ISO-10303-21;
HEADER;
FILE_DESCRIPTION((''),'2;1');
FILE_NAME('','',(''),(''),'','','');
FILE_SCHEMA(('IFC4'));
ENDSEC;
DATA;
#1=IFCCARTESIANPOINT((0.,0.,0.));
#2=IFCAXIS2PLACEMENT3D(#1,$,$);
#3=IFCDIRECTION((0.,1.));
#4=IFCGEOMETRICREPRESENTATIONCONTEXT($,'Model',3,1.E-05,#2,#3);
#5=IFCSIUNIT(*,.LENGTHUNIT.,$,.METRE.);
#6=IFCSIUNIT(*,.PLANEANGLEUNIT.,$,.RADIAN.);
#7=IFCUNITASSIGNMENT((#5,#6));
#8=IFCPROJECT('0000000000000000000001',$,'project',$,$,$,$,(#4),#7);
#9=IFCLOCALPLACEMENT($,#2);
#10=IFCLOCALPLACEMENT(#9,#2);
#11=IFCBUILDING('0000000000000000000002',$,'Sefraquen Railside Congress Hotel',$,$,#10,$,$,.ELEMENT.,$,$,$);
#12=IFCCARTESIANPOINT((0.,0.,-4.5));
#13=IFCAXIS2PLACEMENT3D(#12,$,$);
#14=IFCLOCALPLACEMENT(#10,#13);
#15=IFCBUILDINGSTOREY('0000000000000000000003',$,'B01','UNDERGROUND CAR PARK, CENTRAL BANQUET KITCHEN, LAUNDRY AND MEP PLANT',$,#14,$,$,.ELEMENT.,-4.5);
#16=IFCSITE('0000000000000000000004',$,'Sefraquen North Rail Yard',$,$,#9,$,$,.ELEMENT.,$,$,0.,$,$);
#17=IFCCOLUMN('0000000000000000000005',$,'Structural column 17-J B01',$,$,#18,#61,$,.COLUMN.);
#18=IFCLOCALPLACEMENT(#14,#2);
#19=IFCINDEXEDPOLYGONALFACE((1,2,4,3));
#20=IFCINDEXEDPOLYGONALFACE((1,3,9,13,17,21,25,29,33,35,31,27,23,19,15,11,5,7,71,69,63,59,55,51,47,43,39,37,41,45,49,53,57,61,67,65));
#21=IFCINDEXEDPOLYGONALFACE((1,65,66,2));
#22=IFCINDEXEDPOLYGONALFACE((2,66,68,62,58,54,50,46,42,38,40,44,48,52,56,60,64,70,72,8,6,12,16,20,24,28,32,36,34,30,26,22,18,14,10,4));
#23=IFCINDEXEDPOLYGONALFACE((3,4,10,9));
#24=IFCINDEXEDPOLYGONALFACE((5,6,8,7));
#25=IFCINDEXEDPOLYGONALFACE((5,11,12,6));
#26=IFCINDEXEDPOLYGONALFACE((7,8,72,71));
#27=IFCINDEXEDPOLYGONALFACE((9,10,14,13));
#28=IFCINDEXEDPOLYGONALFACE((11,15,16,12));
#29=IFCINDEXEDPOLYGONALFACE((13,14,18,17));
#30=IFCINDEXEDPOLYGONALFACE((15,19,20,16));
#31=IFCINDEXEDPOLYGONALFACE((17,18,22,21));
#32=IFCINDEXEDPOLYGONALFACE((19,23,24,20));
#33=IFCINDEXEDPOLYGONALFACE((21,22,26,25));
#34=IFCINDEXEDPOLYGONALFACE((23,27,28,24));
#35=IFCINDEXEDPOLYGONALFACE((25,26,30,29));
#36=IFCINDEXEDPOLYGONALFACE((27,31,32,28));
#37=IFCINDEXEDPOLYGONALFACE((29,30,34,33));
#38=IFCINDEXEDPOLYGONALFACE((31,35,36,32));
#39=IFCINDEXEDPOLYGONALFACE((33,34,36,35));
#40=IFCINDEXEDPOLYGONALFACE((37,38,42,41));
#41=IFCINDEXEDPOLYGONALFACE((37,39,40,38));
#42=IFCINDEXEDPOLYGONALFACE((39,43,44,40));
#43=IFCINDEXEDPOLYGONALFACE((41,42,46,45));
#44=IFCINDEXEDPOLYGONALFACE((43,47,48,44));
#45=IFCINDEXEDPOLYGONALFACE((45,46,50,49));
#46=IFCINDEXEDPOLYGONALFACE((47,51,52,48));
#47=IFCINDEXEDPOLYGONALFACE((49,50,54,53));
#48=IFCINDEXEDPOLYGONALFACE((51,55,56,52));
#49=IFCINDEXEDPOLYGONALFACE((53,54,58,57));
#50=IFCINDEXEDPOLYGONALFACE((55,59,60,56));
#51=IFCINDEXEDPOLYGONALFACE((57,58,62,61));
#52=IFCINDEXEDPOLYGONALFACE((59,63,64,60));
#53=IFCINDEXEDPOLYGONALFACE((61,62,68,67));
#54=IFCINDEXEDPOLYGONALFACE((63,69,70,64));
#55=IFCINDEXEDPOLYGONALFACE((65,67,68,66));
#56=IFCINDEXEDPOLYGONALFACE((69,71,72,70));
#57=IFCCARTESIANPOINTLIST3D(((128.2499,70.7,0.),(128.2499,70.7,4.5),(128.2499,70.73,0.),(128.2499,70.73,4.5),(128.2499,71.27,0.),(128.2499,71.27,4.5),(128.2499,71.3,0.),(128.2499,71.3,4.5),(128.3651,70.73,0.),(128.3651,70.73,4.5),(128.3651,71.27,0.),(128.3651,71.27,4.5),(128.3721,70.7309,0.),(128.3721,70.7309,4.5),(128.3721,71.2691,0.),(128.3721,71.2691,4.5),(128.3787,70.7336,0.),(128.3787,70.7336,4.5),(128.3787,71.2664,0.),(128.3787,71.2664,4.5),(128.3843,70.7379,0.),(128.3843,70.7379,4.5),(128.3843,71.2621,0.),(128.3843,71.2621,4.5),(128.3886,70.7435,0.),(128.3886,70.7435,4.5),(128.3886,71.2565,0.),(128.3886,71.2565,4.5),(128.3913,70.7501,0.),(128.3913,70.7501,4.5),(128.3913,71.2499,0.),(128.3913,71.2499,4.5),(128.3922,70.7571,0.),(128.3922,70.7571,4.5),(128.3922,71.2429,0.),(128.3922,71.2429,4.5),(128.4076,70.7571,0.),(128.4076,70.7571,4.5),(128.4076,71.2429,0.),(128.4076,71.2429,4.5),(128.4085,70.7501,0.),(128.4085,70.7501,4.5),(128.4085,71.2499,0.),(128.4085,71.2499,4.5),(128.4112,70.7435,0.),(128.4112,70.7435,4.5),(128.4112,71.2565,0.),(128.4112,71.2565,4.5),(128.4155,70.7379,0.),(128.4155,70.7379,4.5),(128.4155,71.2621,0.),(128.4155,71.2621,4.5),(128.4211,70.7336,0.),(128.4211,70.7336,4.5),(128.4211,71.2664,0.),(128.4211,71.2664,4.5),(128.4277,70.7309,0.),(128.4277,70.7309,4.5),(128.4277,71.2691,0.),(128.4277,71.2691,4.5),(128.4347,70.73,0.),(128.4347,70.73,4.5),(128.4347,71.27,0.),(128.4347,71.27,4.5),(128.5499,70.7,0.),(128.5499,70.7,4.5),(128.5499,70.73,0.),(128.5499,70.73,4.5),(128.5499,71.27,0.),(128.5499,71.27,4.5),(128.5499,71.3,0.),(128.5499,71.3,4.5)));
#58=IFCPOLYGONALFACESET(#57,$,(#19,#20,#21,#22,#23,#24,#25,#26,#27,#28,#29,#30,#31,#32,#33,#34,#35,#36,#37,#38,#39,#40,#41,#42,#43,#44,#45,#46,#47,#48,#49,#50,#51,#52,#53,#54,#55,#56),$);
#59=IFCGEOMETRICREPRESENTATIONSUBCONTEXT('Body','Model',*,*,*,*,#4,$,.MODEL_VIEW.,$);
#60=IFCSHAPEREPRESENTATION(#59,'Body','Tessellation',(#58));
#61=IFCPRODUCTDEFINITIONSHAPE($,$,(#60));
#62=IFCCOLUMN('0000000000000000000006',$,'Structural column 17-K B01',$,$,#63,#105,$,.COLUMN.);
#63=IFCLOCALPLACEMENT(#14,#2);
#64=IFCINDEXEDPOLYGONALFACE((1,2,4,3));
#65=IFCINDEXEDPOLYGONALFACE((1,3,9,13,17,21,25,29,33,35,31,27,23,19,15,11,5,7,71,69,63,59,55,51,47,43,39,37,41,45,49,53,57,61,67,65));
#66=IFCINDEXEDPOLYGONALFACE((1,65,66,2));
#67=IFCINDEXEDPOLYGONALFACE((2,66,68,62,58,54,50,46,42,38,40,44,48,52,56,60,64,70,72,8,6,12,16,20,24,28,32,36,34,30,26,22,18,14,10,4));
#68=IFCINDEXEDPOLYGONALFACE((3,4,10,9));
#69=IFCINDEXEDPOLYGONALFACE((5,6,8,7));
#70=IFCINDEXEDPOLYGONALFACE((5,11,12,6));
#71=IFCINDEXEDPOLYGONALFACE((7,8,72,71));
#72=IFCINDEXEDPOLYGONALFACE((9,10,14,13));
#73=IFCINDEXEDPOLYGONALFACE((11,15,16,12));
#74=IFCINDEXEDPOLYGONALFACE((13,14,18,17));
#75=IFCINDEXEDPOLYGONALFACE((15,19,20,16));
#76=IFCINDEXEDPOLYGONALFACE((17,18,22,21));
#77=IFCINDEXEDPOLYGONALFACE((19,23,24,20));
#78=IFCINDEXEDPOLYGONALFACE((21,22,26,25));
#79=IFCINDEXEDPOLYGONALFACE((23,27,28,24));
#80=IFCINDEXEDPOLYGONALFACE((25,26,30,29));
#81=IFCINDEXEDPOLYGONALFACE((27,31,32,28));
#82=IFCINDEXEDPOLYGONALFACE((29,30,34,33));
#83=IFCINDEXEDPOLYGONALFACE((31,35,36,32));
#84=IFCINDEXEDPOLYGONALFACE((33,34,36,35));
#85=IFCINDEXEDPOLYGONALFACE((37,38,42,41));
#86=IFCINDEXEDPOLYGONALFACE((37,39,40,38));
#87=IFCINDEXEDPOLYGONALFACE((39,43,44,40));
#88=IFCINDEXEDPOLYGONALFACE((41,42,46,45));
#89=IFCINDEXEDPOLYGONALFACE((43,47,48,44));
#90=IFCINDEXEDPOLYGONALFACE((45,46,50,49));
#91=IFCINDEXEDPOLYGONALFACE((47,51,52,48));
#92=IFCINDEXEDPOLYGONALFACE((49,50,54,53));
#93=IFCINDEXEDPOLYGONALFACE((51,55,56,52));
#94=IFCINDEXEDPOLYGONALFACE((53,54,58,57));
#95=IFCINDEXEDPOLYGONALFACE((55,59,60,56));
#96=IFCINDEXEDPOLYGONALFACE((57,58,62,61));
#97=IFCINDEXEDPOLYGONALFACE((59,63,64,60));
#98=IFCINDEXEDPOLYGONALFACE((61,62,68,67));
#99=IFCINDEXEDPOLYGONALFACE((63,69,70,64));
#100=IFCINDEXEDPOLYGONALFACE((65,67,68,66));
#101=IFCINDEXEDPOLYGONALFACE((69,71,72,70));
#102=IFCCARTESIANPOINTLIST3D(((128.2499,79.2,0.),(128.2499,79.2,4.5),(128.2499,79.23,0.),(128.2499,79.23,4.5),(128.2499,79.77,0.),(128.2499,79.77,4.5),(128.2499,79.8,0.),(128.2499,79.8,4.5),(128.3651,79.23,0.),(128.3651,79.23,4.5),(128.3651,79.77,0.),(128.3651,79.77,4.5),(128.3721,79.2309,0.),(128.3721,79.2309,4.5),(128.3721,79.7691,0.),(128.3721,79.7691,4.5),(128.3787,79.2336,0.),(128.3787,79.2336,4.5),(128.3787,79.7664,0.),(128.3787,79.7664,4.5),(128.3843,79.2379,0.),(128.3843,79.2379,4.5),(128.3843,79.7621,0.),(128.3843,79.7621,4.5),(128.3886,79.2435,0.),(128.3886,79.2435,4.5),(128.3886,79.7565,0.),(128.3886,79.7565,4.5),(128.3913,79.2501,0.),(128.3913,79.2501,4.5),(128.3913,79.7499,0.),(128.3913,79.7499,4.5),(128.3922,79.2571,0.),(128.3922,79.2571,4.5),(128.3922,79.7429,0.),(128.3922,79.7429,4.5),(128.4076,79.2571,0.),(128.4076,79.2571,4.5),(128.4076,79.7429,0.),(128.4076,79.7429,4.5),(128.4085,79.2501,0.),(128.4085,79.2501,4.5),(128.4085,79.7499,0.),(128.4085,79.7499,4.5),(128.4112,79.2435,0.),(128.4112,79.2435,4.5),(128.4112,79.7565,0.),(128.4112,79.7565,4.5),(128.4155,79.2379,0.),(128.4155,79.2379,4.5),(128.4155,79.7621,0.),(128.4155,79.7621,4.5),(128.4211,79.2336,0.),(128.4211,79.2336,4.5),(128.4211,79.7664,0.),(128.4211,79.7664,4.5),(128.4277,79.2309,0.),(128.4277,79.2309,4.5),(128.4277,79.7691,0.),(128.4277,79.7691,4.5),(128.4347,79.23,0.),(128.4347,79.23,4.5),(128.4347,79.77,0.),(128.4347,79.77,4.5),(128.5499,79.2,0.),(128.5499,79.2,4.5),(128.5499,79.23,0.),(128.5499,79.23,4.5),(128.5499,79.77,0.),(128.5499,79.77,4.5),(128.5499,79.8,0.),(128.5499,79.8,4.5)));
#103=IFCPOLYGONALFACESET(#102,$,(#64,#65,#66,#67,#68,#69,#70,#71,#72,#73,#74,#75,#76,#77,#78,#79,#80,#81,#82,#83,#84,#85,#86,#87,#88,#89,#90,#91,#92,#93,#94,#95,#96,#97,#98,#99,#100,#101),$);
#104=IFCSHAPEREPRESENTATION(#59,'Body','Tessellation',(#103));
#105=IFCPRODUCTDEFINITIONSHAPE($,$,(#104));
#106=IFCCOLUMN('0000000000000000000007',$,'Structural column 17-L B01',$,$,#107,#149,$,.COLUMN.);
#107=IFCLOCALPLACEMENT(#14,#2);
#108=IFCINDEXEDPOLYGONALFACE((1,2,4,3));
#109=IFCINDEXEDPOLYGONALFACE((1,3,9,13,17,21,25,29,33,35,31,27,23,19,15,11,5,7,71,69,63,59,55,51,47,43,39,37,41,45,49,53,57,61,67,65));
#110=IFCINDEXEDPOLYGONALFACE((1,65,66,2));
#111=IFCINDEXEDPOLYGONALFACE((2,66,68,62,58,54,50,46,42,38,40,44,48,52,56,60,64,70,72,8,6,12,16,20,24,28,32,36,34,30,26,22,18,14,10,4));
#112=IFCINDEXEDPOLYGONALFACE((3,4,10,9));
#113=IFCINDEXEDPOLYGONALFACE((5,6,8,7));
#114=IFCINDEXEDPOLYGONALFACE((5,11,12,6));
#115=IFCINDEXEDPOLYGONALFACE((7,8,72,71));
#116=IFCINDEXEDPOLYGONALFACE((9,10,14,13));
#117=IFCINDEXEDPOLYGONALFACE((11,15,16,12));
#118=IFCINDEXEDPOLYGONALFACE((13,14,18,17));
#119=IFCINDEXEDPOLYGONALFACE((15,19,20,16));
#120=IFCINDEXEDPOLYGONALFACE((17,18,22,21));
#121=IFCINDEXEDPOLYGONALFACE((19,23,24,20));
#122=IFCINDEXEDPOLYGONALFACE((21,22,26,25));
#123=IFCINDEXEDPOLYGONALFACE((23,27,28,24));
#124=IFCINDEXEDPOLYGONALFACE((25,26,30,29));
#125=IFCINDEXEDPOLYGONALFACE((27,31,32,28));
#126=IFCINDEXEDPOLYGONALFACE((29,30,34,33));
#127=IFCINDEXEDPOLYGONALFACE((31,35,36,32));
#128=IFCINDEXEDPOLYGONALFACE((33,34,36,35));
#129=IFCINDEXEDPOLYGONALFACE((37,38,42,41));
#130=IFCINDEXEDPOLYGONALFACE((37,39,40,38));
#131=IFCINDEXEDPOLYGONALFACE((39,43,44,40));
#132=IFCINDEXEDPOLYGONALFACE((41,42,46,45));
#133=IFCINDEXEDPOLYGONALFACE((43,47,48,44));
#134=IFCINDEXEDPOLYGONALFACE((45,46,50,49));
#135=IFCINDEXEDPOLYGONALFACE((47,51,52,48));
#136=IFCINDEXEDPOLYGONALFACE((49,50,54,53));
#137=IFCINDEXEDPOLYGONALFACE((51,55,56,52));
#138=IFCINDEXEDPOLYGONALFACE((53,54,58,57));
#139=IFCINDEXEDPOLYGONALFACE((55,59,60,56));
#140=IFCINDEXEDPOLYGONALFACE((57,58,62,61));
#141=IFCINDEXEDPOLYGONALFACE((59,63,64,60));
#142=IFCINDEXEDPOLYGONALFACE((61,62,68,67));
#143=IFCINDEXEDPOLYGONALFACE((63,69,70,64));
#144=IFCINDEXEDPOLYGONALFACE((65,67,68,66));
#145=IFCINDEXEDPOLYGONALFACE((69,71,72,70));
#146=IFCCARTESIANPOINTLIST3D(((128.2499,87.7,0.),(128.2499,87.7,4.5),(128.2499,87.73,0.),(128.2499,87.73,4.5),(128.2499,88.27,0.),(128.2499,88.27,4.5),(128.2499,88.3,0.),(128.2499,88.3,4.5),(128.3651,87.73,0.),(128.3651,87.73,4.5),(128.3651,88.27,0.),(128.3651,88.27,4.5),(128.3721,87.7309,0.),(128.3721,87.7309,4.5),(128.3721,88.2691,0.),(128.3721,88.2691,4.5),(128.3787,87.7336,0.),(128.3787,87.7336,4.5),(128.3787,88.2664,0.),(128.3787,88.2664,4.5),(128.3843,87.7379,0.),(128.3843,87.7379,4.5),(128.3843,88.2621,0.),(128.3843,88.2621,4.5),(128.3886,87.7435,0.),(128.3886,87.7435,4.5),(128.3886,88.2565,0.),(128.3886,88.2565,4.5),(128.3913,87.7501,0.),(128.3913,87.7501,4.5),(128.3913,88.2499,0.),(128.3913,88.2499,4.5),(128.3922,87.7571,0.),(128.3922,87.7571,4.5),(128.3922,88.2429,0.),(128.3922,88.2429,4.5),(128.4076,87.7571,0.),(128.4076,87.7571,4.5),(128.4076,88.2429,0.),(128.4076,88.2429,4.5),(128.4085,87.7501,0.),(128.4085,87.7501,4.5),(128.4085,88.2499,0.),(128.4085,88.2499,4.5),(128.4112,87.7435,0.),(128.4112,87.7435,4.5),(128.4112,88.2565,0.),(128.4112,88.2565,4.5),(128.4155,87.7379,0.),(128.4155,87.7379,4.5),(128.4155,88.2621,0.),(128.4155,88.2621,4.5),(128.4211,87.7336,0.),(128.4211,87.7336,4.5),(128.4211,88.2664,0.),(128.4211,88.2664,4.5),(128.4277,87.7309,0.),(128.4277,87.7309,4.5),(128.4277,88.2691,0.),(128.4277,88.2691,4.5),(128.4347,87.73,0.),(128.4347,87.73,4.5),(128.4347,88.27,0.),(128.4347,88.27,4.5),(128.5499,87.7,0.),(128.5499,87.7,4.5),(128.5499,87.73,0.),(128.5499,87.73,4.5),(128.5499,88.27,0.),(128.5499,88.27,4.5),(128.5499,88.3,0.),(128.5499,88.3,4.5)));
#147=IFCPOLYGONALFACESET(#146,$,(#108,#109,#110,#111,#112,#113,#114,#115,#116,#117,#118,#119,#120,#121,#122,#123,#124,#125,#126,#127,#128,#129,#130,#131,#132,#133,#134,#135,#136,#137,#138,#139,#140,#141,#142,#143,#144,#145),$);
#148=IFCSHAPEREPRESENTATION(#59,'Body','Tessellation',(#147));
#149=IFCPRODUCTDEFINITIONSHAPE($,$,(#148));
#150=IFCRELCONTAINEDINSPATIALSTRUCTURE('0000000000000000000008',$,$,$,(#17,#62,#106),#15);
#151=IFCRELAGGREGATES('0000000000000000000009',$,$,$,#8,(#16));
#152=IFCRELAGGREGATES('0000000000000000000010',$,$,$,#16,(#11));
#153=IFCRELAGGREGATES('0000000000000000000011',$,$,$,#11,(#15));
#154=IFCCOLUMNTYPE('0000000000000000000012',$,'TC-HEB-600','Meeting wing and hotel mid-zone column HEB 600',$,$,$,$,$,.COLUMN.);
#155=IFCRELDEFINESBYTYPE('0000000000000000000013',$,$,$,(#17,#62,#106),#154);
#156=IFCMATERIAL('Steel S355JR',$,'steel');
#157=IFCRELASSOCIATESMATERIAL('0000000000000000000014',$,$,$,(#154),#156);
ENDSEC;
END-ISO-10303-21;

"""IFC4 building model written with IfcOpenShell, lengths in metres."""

from ifc_helpers import new_model, si_unit, direction, frame, origin, origin_2d, place, context, subcontext, project, spatial, i_section, extrude, material, material_profile, profile_set, type_object, element, save


model = new_model("IFC4")

# Units and contexts
model_context = context("Model", 3, precision=1e-05, world=origin(), true_north=direction((0.0, 1.0)))
body_context = subcontext(model_context, "Body", "Model", "MODEL_VIEW")
ifc_project = project(units=[si_unit("LENGTHUNIT", "METRE"), si_unit("PLANEANGLEUNIT", "RADIAN")], contexts=[model_context])

# Site, building, storey
site_placement = place(None, origin())
site = spatial("IfcSite", under=ifc_project, at=site_placement, Name="Sefraquen North Rail Yard", CompositionType="ELEMENT", RefElevation=0.0)
building_placement = place(site_placement, origin())
building = spatial("IfcBuilding", under=site, at=building_placement, Name="Sefraquen Railside Congress Hotel", CompositionType="ELEMENT")
storey_placement = place(building_placement, frame((0.0, 0.0, -4.5)))
storey = spatial("IfcBuildingStorey", under=building, at=storey_placement, Name="B01", Description="UNDERGROUND CAR PARK, CENTRAL BANQUET KITCHEN, LAUNDRY AND MEP PLANT", CompositionType="ELEMENT", Elevation=-4.5)

# Columns
ifc_material_1 = material(Name="Steel S355JR", Category="steel")
ifc_material_profile_1 = material_profile(ifc_material_1, i_section(OverallWidth=0.3, OverallDepth=0.6001, WebThickness=0.0154, FlangeThickness=0.03, FilletRadius=0.0271, at=origin_2d()), Name="HEB 600")
ifc_profile_set_1 = profile_set([ifc_material_profile_1], Name="Steel S355JR")
column_type_1 = type_object("IfcColumnType", Name="TC-HEB-600", Description="Meeting wing and hotel mid-zone column HEB 600", PredefinedType="COLUMN", material=ifc_profile_set_1)
for number, where, z_axis, x_axis, name in (
    (1, (128.3999, 71.0, 0.0), (0.0, 0.0, 1.0), (1.0, 0.0, 0.0), "Structural column 17-J B01"),
    (2, (128.3999, 79.5, 0.0), (0.0, 0.0, 1.0), (1.0, 0.0, 0.0), "Structural column 17-K B01"),
    (3, (128.3999, 88.0, 0.0), (0.0, 0.0, 1.0), (1.0, 0.0, 0.0), "Structural column 17-L B01"),
):
    element("IfcColumn", number, at=place(storey_placement, frame(where, z_axis=z_axis, x_axis=x_axis)), inside=storey, type_object=column_type_1, Name=name, PredefinedType="COLUMN", context=body_context, shape_type="SweptSolid", body=[
        extrude(i_section(OverallWidth=0.3, OverallDepth=0.6001, WebThickness=0.0154, FlangeThickness=0.03, FilletRadius=0.0271, at=origin_2d()), origin(), (0.0, 0.0, 1.0), 4.5),
    ])

save(model, "model.ifc")
